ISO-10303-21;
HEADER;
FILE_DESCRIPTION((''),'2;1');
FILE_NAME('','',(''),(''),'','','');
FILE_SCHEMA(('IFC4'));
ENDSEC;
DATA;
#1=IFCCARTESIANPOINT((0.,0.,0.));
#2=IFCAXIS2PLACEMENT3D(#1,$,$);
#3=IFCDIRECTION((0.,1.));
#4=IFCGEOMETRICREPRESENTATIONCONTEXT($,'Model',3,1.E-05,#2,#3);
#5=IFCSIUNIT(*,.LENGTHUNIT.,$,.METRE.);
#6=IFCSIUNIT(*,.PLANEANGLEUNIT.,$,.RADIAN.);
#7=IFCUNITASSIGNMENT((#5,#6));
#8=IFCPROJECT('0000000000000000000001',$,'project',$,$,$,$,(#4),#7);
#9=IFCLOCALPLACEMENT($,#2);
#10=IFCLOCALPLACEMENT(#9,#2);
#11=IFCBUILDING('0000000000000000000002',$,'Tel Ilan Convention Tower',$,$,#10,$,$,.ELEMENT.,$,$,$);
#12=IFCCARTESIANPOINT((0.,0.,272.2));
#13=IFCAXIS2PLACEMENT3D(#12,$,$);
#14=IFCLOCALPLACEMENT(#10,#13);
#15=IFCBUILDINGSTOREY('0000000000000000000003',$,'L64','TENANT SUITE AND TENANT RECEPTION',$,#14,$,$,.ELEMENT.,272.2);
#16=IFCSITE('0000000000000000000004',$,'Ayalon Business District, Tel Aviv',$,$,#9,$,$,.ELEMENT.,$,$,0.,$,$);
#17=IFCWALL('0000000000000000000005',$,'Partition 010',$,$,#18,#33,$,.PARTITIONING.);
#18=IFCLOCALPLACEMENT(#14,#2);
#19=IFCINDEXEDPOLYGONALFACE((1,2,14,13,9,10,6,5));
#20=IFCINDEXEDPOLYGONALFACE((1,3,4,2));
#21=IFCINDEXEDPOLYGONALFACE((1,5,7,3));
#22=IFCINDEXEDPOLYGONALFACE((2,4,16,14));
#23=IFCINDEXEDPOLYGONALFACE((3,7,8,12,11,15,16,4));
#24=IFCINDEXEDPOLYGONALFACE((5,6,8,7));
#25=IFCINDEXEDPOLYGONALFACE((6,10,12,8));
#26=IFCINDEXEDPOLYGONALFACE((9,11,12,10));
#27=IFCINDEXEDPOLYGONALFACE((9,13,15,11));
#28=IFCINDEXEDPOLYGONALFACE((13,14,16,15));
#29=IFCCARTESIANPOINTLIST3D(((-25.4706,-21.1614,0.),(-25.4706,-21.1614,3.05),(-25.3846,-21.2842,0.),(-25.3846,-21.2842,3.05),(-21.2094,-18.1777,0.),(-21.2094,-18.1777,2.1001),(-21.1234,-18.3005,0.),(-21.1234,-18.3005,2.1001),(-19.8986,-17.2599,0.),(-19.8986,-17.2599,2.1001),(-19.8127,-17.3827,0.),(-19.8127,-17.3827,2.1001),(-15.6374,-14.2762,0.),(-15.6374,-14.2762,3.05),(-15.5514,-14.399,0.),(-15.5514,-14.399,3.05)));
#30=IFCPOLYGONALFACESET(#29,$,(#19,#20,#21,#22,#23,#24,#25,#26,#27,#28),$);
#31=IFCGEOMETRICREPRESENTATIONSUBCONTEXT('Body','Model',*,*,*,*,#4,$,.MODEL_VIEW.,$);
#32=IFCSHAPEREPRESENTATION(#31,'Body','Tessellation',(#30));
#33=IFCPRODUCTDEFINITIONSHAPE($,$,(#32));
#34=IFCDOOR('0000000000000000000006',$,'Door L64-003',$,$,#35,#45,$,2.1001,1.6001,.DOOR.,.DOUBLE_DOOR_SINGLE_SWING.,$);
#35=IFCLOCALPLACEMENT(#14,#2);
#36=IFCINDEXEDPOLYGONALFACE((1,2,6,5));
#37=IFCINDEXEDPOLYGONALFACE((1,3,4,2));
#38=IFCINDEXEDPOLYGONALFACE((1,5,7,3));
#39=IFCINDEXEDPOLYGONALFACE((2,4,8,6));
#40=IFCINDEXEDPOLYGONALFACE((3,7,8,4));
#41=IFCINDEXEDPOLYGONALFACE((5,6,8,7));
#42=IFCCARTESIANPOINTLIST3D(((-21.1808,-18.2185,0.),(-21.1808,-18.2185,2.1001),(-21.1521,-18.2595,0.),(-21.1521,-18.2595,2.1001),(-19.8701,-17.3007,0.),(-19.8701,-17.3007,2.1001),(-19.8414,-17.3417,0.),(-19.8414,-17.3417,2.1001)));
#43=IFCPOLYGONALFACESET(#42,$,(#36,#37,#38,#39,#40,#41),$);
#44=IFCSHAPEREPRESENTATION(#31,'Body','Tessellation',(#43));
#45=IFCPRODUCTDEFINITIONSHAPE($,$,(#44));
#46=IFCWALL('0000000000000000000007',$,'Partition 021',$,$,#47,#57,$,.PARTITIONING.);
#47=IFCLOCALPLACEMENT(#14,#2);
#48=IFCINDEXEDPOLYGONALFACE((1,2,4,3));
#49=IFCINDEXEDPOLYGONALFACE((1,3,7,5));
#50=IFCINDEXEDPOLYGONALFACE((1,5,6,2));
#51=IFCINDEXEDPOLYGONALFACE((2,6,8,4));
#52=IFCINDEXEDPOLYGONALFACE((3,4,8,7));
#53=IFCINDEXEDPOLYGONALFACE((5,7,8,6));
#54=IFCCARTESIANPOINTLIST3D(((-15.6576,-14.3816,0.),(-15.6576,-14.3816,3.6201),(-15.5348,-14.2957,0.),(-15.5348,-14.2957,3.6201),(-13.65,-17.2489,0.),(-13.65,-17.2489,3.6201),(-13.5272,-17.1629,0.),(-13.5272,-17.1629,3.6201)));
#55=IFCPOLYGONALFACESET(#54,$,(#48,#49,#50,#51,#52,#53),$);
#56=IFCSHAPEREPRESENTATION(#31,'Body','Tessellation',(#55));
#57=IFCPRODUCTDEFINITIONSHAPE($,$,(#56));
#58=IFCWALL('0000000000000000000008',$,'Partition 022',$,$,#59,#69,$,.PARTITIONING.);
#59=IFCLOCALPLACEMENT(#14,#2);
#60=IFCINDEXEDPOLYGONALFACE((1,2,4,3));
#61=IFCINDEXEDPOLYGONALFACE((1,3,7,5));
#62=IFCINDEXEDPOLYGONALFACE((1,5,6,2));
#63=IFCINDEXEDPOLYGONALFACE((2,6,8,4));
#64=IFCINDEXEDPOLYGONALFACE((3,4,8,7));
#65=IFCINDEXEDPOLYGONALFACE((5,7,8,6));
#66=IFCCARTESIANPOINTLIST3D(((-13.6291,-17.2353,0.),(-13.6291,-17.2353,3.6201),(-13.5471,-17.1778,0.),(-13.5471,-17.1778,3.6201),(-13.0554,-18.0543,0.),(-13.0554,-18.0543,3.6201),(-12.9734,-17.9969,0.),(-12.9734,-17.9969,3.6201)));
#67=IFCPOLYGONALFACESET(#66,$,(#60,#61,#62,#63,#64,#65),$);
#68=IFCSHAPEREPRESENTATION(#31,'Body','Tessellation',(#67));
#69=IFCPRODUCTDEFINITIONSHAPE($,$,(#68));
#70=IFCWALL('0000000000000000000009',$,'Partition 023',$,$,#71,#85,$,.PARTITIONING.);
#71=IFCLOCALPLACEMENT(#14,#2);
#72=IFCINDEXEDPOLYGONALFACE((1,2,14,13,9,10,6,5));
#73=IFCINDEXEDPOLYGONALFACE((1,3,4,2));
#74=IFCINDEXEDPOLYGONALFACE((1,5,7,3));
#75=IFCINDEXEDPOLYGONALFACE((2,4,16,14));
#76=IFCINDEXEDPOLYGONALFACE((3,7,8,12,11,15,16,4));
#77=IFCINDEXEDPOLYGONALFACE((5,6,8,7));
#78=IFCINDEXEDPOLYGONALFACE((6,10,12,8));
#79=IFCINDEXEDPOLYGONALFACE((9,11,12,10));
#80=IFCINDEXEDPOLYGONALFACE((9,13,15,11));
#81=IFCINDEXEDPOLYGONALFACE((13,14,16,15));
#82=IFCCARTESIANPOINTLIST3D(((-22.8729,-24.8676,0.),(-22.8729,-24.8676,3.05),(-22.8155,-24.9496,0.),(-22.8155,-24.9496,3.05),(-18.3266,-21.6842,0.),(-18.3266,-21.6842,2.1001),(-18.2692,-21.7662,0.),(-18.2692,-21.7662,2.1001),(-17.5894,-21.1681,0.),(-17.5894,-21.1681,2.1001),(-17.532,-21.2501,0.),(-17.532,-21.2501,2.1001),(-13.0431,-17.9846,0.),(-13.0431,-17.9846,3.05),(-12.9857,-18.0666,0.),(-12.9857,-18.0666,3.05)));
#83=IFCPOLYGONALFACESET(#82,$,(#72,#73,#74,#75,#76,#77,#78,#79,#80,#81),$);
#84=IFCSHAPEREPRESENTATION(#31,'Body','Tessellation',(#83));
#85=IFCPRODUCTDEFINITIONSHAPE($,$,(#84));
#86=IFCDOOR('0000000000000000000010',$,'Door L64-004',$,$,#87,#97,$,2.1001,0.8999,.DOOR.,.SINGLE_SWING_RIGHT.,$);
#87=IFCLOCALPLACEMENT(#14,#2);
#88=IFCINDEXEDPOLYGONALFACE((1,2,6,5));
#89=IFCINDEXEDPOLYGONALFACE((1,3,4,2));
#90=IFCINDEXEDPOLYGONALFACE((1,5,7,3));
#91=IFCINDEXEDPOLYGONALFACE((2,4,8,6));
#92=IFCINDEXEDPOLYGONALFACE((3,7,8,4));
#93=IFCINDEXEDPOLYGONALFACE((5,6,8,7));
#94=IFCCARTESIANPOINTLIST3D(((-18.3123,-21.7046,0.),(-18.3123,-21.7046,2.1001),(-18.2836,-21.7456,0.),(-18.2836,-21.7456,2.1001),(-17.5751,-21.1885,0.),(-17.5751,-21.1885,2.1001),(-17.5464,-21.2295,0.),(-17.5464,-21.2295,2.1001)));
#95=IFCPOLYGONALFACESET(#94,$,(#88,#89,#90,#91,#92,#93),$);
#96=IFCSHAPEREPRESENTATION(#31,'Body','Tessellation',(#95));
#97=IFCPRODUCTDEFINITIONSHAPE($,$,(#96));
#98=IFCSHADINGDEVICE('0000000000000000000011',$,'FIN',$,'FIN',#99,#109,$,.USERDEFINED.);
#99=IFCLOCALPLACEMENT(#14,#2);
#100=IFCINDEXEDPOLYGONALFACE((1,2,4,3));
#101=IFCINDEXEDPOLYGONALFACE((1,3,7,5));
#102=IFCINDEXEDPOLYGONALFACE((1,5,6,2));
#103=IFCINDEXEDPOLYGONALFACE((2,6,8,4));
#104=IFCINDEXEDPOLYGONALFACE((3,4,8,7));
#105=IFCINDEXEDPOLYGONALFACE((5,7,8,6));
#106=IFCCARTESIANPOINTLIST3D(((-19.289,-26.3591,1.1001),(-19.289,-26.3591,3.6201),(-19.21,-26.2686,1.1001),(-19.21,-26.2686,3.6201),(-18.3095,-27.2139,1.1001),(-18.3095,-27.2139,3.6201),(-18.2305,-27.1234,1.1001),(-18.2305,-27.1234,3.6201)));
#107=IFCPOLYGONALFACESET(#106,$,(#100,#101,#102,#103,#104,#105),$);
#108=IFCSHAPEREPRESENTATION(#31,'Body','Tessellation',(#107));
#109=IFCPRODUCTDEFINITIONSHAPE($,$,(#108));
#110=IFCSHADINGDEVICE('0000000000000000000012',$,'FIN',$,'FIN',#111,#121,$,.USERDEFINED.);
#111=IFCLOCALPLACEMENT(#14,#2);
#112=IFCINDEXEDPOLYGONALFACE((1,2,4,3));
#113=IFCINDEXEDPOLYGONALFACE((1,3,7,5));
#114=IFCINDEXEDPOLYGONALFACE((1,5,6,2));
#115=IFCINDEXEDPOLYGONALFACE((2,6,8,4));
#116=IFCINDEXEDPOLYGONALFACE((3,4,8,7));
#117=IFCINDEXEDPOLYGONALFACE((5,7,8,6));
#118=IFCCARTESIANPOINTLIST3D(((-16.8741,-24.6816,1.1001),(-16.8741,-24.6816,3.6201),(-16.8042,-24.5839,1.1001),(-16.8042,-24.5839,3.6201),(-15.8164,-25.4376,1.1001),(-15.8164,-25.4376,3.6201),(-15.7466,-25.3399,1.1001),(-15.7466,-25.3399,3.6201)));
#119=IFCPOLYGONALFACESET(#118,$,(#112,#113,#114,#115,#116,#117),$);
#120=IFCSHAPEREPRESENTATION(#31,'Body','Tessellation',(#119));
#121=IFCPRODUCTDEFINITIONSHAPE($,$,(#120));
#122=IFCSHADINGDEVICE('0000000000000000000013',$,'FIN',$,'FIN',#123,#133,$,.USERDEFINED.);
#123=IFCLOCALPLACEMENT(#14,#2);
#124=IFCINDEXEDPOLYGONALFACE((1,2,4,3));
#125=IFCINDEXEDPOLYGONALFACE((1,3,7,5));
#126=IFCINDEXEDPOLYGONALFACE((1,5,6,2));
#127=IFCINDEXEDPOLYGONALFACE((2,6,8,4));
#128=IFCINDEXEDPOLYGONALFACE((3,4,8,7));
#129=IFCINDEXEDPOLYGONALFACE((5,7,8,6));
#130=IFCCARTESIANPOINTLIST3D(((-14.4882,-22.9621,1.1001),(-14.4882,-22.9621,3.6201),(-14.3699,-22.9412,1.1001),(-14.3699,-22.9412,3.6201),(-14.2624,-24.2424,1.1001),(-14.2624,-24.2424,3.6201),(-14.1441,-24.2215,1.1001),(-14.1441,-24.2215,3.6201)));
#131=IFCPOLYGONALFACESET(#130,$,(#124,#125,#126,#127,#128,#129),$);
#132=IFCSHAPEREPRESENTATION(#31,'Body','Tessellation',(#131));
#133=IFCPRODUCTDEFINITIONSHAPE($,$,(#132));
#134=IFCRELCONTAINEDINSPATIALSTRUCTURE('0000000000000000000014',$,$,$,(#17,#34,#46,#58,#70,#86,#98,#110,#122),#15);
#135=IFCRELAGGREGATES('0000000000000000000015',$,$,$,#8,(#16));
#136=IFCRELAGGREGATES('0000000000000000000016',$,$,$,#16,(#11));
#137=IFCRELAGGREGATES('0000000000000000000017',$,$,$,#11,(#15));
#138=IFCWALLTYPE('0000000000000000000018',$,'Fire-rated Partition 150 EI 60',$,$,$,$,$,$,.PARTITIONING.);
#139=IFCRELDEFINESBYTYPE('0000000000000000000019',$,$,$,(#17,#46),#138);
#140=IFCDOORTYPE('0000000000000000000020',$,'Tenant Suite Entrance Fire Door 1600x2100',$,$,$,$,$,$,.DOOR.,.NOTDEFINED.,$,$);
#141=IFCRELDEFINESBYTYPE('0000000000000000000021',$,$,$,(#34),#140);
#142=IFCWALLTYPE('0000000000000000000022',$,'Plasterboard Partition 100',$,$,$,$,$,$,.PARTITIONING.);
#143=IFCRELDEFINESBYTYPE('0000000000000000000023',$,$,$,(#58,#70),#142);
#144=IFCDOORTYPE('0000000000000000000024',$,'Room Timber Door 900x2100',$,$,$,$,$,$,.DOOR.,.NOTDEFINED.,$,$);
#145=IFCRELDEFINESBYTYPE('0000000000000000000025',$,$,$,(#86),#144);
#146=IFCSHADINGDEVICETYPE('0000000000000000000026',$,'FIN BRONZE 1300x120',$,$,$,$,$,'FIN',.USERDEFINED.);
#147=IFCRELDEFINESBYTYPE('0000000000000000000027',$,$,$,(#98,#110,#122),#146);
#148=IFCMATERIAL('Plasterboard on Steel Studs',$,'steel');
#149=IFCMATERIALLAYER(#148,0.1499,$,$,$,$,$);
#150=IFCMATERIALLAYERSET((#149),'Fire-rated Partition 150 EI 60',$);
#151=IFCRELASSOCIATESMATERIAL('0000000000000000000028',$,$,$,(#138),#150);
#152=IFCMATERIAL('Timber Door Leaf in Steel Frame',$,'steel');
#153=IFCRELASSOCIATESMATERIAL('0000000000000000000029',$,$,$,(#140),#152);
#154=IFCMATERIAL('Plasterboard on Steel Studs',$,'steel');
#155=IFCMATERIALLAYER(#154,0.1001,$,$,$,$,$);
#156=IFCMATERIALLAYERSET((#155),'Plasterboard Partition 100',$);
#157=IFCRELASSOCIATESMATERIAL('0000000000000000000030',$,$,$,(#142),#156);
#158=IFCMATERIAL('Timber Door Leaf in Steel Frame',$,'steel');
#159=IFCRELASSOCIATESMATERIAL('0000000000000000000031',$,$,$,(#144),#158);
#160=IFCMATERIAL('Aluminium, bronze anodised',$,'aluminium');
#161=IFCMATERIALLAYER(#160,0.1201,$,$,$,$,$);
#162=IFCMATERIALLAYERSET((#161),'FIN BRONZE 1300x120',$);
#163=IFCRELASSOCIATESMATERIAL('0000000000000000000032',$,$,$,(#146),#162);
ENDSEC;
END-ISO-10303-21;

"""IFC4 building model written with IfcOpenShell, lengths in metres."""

from ifc_helpers import new_model, si_unit, direction, frame, frame_2d, origin, origin_2d, place, context, subcontext, project, spatial, rectangle, extrude, material, layer, layer_set, type_object, element, fill, save


model = new_model("IFC4")

# Units and contexts
model_context = context("Model", 3, precision=1e-05, world=origin(), true_north=direction((0.0, 1.0)))
body_context = subcontext(model_context, "Body", "Model", "MODEL_VIEW")
ifc_project = project(units=[si_unit("LENGTHUNIT", "METRE"), si_unit("PLANEANGLEUNIT", "RADIAN")], contexts=[model_context])

# Site, building, storey
site_placement = place(None, origin())
site = spatial("IfcSite", under=ifc_project, at=site_placement, Name="Ayalon Business District, Tel Aviv", CompositionType="ELEMENT", RefElevation=0.0)
building_placement = place(site_placement, origin())
building = spatial("IfcBuilding", under=site, at=building_placement, Name="Tel Ilan Convention Tower", CompositionType="ELEMENT")
storey_placement = place(building_placement, frame((0.0, 0.0, 272.2)))
storey = spatial("IfcBuildingStorey", under=building, at=storey_placement, Name="L64", Description="TENANT SUITE AND TENANT RECEPTION", CompositionType="ELEMENT", Elevation=272.2)

# Wall, opening, door
ifc_material_1 = material(Name="Plasterboard on Steel Studs", Category="steel")
ifc_layer_1 = layer(ifc_material_1, 0.1499)
ifc_layer_set_1 = layer_set([ifc_layer_1], Name="Fire-rated Partition 150 EI 60")
wall_type_1 = type_object("IfcWallType", Name="Fire-rated Partition 150 EI 60", PredefinedType="PARTITIONING", material=ifc_layer_set_1)
wall_1_placement = place(storey_placement, frame((-15.5945, -14.3376, 0.0), z_axis=(0.0, 0.0, 1.0), x_axis=(-0.819155, -0.573573, 0.0)))
wall_1 = element("IfcWall", 1, at=wall_1_placement, inside=storey, type_object=wall_type_1, Name="Partition 010", PredefinedType="PARTITIONING", context=body_context, shape_type="SweptSolid", body=[
    extrude(rectangle(XDim=12.0042, YDim=0.1499, at=frame_2d((6.002, 0.0))), origin(), (0.0, 0.0, 1.0), 3.05),
])
opening_1_placement = place(wall_1_placement, frame((5.2019, 0.0, 0.0)))
opening_1 = element("IfcOpeningElement", 2, at=opening_1_placement, cuts=wall_1, PredefinedType="OPENING", context=body_context, shape_type="SweptSolid", body=[
    extrude(rectangle(XDim=1.6001, YDim=2.1001, at=frame_2d((0.8, 1.05))), frame((0.0, 0.085, 0.0), z_axis=(0.0, -1.0, 0.0), x_axis=(1.0, 0.0, 0.0)), (0.0, 0.0, 1.0), 0.1699),
])
ifc_material_2 = material(Name="Timber Door Leaf in Steel Frame", Category="steel")
door_type_1 = type_object("IfcDoorType", Name="Tenant Suite Entrance Fire Door 1600x2100", OperationType="NOTDEFINED", PredefinedType="DOOR", material=ifc_material_2)
door_1_placement = place(opening_1_placement, origin())
door_1 = element("IfcDoor", 3, at=door_1_placement, inside=storey, type_object=door_type_1, Name="Door L64-003", OperationType="DOUBLE_DOOR_SINGLE_SWING", OverallHeight=2.1001, OverallWidth=1.6001, PredefinedType="DOOR", context=body_context, shape_type="SweptSolid", body=[
    extrude(rectangle(XDim=1.6001, YDim=2.1001, at=frame_2d((0.8, 1.05))), frame((0.0, 0.0249, 0.0), z_axis=(0.0, -1.0, 0.0), x_axis=(1.0, 0.0, 0.0)), (0.0, 0.0, 1.0), 0.05),
])
fill(opening_1, door_1)

# Walls
wall_2_placement = place(storey_placement, frame((-13.5886, -17.2058, 0.0), z_axis=(0.0, 0.0, 1.0), x_axis=(-0.573565, 0.81916, 0.0)))
element("IfcWall", 4, at=wall_2_placement, inside=storey, type_object=wall_type_1, Name="Partition 021", PredefinedType="PARTITIONING", context=body_context, shape_type="SweptSolid", body=[
    extrude(rectangle(XDim=3.5002, YDim=0.1499, at=frame_2d((1.75, 0.0))), origin(), (0.0, 0.0, 1.0), 3.6201),
])
ifc_material_3 = material(Name="Plasterboard on Steel Studs", Category="steel")
ifc_layer_2 = layer(ifc_material_3, 0.1001)
ifc_layer_set_2 = layer_set([ifc_layer_2], Name="Plasterboard Partition 100")
wall_type_2 = type_object("IfcWallType", Name="Plasterboard Partition 100", PredefinedType="PARTITIONING", material=ifc_layer_set_2)
wall_3_placement = place(storey_placement, frame((-13.5881, -17.2065, 0.0), z_axis=(0.0, 0.0, 1.0), x_axis=(0.573708, -0.81906, 0.0)))
element("IfcWall", 5, at=wall_3_placement, inside=storey, type_object=wall_type_2, Name="Partition 022", PredefinedType="PARTITIONING", context=body_context, shape_type="SweptSolid", body=[
    extrude(rectangle(XDim=1.0, YDim=0.1001, at=frame_2d((0.5, 0.0))), origin(), (0.0, 0.0, 1.0), 3.6201),
])

# Wall, opening, door
wall_4_placement = place(storey_placement, frame((-13.0144, -18.0256, 0.0), z_axis=(0.0, 0.0, 1.0), x_axis=(-0.819147, -0.573584, 0.0)))
wall_4 = element("IfcWall", 6, at=wall_4_placement, inside=storey, type_object=wall_type_2, Name="Partition 023", PredefinedType="PARTITIONING", context=body_context, shape_type="SweptSolid", body=[
    extrude(rectangle(XDim=12.0, YDim=0.1001, at=frame_2d((6.0, 0.0))), origin(), (0.0, 0.0, 1.0), 3.05),
])
opening_2_placement = place(wall_4_placement, frame((5.55, 0.0, 0.0)))
opening_2 = element("IfcOpeningElement", 7, at=opening_2_placement, cuts=wall_4, PredefinedType="OPENING", context=body_context, shape_type="SweptSolid", body=[
    extrude(rectangle(XDim=0.8999, YDim=2.1001, at=frame_2d((0.45, 1.05))), frame((0.0, 0.0601, 0.0), z_axis=(0.0, -1.0, 0.0), x_axis=(1.0, 0.0, 0.0)), (0.0, 0.0, 1.0), 0.1201),
])
ifc_material_4 = material(Name="Timber Door Leaf in Steel Frame", Category="steel")
door_type_2 = type_object("IfcDoorType", Name="Room Timber Door 900x2100", OperationType="NOTDEFINED", PredefinedType="DOOR", material=ifc_material_4)
door_2_placement = place(opening_2_placement, origin())
door_2 = element("IfcDoor", 8, at=door_2_placement, inside=storey, type_object=door_type_2, Name="Door L64-004", OperationType="SINGLE_SWING_RIGHT", OverallHeight=2.1001, OverallWidth=0.8999, PredefinedType="DOOR", context=body_context, shape_type="SweptSolid", body=[
    extrude(rectangle(XDim=0.8999, YDim=2.1001, at=frame_2d((0.45, 1.05))), frame((0.0, 0.0249, 0.0), z_axis=(0.0, -1.0, 0.0), x_axis=(1.0, 0.0, 0.0)), (0.0, 0.0, 1.0), 0.05),
])
fill(opening_2, door_2)

# Shading devices
ifc_material_5 = material(Name="Aluminium, bronze anodised", Category="aluminium")
ifc_layer_3 = layer(ifc_material_5, 0.1201)
ifc_layer_set_3 = layer_set([ifc_layer_3], Name="FIN BRONZE 1300x120")
shading_device_type = type_object("IfcShadingDeviceType", Name="FIN BRONZE 1300x120", ElementType="FIN", PredefinedType="USERDEFINED", material=ifc_layer_set_3)
for number, where, z_axis, x_axis, name in (
    (9, (-18.7598, -26.7412, 1.1001), (0.0, 0.0, 1.0), (0.753436, -0.657521, 0.0), "FIN"),
    (10, (-16.3103, -25.0107, 1.1001), (0.0, 0.0, 1.0), (0.813552, -0.581492, 0.0), "FIN"),
    (11, (-14.3162, -23.5918, 1.1001), (0.0, 0.0, 1.0), (0.173648, -0.984808, 0.0), "FIN"),
):
    element("IfcShadingDevice", number, at=place(storey_placement, frame(where, z_axis=z_axis, x_axis=x_axis)), inside=storey, type_object=shading_device_type, Name=name, ObjectType="FIN", PredefinedType="USERDEFINED", context=body_context, shape_type="SweptSolid", body=[
        extrude(rectangle(XDim=1.3, YDim=0.1201, at=origin_2d()), origin(), (0.0, 0.0, 1.0), 2.52),
    ])

save(model, "model.ifc")
